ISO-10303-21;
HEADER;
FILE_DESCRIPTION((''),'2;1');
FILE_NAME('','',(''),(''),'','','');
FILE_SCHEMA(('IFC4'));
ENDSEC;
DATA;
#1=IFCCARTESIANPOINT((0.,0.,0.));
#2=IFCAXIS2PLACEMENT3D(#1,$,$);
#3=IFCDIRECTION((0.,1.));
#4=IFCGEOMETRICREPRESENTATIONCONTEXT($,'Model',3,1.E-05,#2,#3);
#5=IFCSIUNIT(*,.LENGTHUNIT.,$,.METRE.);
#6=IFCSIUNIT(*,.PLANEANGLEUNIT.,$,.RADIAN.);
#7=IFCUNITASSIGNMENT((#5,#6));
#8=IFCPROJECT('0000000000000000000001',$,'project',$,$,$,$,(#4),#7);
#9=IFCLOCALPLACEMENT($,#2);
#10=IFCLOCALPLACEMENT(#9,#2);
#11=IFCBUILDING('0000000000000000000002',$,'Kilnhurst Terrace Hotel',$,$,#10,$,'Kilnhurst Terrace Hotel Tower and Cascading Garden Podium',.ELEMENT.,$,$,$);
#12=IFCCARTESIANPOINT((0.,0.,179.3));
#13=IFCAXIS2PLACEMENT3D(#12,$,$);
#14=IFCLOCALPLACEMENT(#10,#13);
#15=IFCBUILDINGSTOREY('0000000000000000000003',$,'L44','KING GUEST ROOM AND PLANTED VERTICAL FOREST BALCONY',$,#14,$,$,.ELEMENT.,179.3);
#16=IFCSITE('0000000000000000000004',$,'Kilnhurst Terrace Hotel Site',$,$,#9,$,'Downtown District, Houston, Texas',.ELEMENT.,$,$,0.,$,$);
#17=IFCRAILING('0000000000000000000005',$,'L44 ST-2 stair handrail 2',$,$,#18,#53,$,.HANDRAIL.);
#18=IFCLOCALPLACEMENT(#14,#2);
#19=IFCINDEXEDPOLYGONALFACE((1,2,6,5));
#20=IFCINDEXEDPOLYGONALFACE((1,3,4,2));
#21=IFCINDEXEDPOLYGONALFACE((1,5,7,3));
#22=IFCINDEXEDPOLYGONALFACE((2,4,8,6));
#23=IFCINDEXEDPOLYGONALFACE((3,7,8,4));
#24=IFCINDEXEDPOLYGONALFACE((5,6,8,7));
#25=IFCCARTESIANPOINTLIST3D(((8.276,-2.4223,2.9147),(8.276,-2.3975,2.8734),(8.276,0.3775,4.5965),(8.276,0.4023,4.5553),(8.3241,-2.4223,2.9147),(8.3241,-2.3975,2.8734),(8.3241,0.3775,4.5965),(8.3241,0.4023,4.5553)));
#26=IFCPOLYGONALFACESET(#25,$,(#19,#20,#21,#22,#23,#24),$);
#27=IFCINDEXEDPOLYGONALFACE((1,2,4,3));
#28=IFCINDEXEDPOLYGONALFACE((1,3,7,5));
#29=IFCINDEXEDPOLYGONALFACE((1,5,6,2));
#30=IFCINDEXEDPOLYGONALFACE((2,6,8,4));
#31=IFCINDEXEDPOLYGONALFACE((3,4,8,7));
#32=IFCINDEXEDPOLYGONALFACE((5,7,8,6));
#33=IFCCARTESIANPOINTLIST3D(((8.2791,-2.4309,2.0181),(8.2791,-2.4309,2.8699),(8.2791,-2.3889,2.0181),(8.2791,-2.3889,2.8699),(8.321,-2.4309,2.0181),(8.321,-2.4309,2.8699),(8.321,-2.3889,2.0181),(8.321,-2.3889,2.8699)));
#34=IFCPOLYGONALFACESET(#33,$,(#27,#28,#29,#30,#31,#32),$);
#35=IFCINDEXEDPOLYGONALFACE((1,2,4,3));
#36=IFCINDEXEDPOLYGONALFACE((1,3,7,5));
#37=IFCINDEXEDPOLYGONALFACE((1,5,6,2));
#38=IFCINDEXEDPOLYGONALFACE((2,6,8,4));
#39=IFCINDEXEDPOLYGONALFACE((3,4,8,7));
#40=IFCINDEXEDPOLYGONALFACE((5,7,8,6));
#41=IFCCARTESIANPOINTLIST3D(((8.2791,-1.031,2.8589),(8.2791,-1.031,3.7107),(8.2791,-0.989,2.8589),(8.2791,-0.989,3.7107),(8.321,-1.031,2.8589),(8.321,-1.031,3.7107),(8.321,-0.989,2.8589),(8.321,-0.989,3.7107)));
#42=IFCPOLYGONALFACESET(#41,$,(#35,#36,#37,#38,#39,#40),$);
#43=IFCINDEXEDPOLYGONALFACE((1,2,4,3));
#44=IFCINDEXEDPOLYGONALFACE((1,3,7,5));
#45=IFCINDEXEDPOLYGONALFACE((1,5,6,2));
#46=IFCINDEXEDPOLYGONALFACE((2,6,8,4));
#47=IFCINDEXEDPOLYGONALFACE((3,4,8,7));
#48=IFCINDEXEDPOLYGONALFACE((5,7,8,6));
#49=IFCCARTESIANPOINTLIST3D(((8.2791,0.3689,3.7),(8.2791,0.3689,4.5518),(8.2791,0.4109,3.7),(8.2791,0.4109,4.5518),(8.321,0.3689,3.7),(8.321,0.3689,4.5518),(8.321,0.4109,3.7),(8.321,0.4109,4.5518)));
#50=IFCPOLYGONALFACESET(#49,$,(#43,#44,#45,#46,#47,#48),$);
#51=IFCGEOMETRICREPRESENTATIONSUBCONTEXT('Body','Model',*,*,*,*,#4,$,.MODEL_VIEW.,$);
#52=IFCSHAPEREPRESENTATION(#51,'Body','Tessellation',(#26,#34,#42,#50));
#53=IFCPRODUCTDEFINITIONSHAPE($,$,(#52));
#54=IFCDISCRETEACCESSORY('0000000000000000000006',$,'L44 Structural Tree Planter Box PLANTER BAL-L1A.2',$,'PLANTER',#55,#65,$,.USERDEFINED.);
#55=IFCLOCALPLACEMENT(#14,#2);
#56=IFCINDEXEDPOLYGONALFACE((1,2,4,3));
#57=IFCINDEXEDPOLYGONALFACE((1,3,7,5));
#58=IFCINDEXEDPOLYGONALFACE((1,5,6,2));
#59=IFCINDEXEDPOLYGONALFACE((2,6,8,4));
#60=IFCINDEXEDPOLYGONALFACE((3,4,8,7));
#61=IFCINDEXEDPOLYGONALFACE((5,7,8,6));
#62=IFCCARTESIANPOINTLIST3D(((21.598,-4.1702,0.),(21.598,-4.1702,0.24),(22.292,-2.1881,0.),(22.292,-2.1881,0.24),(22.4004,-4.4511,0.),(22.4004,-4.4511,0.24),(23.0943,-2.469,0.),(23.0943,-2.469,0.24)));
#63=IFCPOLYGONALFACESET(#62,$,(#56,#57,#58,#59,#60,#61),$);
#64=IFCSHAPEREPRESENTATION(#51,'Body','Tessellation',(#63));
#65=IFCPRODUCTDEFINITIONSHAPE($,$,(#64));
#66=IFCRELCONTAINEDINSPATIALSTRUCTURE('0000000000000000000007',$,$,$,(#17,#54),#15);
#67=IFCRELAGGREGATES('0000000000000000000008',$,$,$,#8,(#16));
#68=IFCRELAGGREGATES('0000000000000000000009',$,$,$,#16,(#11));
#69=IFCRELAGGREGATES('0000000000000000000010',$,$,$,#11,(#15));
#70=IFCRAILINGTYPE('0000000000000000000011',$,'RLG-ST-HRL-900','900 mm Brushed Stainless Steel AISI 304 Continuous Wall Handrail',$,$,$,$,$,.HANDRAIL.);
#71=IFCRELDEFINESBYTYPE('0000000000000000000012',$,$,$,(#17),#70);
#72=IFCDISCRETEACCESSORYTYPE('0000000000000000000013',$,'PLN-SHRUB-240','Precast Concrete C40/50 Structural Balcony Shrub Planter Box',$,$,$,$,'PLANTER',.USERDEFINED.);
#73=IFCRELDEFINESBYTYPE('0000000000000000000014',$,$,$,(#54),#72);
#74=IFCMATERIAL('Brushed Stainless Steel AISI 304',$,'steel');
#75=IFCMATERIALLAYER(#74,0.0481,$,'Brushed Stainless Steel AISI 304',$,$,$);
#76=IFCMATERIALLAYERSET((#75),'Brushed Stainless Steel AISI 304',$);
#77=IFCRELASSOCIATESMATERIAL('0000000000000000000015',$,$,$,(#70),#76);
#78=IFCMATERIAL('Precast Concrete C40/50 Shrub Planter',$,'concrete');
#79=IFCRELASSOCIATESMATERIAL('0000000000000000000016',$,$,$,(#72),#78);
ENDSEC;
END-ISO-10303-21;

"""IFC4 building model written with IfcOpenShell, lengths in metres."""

from ifc_helpers import new_model, si_unit, direction, frame, origin, origin_2d, place, context, subcontext, project, spatial, rectangle, extrude, material, layer, layer_set, type_object, element, save


model = new_model("IFC4")

# Units and contexts
model_context = context("Model", 3, precision=1e-05, world=origin(), true_north=direction((0.0, 1.0)))
body_context = subcontext(model_context, "Body", "Model", "MODEL_VIEW")
ifc_project = project(units=[si_unit("LENGTHUNIT", "METRE"), si_unit("PLANEANGLEUNIT", "RADIAN")], contexts=[model_context])

# Site, building, storey
site_placement = place(None, origin())
site = spatial("IfcSite", under=ifc_project, at=site_placement, Name="Kilnhurst Terrace Hotel Site", LongName="Downtown District, Houston, Texas", CompositionType="ELEMENT", RefElevation=0.0)
building_placement = place(site_placement, origin())
building = spatial("IfcBuilding", under=site, at=building_placement, Name="Kilnhurst Terrace Hotel", LongName="Kilnhurst Terrace Hotel Tower and Cascading Garden Podium", CompositionType="ELEMENT")
storey_placement = place(building_placement, frame((0.0, 0.0, 179.3)))
storey = spatial("IfcBuildingStorey", under=building, at=storey_placement, Name="L44", Description="KING GUEST ROOM AND PLANTED VERTICAL FOREST BALCONY", CompositionType="ELEMENT", Elevation=179.3)

# Railing
ifc_material_1 = material(Name="Brushed Stainless Steel AISI 304", Category="steel")
ifc_layer_1 = layer(ifc_material_1, 0.0481, Name="Brushed Stainless Steel AISI 304")
ifc_layer_set_1 = layer_set([ifc_layer_1], Name="Brushed Stainless Steel AISI 304")
railing_type_1 = type_object("IfcRailingType", Name="RLG-ST-HRL-900", Description="900 mm Brushed Stainless Steel AISI 304 Continuous Wall Handrail", PredefinedType="HANDRAIL", material=ifc_layer_set_1)
railing_1_placement = place(storey_placement, frame((8.3, -2.4099, 2.0181)))
element("IfcRailing", 1, at=railing_1_placement, inside=storey, type_object=railing_type_1, Name="L44 ST-2 stair handrail 2", PredefinedType="HANDRAIL", context=body_context, shape_type="SweptSolid", body=[
    extrude(rectangle(XDim=0.0481, YDim=0.0481, at=origin_2d()), frame((0.0, 0.0, 0.876), z_axis=(0.0, 0.857222, 0.514946), x_axis=(-1.0, 0.0, 0.0)), (0.0, 0.0, 1.0), 3.2661),
    extrude(rectangle(XDim=0.042, YDim=0.042, at=origin_2d()), origin(), (0.0, 0.0, 1.0), 0.8518),
    extrude(rectangle(XDim=0.042, YDim=0.042, at=origin_2d()), frame((0.0, 1.3999, 0.8408)), (0.0, 0.0, 1.0), 0.8518),
    extrude(rectangle(XDim=0.042, YDim=0.042, at=origin_2d()), frame((0.0, 2.7998, 1.6819)), (0.0, 0.0, 1.0), 0.8518),
])

# Discrete accessory
ifc_material_2 = material(Name="Precast Concrete C40/50 Shrub Planter", Category="concrete")
discrete_accessory_type = type_object("IfcDiscreteAccessoryType", Name="PLN-SHRUB-240", Description="Precast Concrete C40/50 Structural Balcony Shrub Planter Box", ElementType="PLANTER", PredefinedType="USERDEFINED", material=ifc_material_2)
discrete_accessory_placement = place(storey_placement, frame((22.3462, -3.3196, 0.0), z_axis=(0.0, 0.0, 1.0), x_axis=(0.330432, 0.94383, 0.0)))
element("IfcDiscreteAccessory", 2, at=discrete_accessory_placement, inside=storey, type_object=discrete_accessory_type, Name="L44 Structural Tree Planter Box PLANTER BAL-L1A.2", ObjectType="PLANTER", PredefinedType="USERDEFINED", context=body_context, shape_type="SweptSolid", body=[
    extrude(rectangle(XDim=2.1001, YDim=0.8501, at=origin_2d()), origin(), (0.0, 0.0, 1.0), 0.24),
])

save(model, "model.ifc")
